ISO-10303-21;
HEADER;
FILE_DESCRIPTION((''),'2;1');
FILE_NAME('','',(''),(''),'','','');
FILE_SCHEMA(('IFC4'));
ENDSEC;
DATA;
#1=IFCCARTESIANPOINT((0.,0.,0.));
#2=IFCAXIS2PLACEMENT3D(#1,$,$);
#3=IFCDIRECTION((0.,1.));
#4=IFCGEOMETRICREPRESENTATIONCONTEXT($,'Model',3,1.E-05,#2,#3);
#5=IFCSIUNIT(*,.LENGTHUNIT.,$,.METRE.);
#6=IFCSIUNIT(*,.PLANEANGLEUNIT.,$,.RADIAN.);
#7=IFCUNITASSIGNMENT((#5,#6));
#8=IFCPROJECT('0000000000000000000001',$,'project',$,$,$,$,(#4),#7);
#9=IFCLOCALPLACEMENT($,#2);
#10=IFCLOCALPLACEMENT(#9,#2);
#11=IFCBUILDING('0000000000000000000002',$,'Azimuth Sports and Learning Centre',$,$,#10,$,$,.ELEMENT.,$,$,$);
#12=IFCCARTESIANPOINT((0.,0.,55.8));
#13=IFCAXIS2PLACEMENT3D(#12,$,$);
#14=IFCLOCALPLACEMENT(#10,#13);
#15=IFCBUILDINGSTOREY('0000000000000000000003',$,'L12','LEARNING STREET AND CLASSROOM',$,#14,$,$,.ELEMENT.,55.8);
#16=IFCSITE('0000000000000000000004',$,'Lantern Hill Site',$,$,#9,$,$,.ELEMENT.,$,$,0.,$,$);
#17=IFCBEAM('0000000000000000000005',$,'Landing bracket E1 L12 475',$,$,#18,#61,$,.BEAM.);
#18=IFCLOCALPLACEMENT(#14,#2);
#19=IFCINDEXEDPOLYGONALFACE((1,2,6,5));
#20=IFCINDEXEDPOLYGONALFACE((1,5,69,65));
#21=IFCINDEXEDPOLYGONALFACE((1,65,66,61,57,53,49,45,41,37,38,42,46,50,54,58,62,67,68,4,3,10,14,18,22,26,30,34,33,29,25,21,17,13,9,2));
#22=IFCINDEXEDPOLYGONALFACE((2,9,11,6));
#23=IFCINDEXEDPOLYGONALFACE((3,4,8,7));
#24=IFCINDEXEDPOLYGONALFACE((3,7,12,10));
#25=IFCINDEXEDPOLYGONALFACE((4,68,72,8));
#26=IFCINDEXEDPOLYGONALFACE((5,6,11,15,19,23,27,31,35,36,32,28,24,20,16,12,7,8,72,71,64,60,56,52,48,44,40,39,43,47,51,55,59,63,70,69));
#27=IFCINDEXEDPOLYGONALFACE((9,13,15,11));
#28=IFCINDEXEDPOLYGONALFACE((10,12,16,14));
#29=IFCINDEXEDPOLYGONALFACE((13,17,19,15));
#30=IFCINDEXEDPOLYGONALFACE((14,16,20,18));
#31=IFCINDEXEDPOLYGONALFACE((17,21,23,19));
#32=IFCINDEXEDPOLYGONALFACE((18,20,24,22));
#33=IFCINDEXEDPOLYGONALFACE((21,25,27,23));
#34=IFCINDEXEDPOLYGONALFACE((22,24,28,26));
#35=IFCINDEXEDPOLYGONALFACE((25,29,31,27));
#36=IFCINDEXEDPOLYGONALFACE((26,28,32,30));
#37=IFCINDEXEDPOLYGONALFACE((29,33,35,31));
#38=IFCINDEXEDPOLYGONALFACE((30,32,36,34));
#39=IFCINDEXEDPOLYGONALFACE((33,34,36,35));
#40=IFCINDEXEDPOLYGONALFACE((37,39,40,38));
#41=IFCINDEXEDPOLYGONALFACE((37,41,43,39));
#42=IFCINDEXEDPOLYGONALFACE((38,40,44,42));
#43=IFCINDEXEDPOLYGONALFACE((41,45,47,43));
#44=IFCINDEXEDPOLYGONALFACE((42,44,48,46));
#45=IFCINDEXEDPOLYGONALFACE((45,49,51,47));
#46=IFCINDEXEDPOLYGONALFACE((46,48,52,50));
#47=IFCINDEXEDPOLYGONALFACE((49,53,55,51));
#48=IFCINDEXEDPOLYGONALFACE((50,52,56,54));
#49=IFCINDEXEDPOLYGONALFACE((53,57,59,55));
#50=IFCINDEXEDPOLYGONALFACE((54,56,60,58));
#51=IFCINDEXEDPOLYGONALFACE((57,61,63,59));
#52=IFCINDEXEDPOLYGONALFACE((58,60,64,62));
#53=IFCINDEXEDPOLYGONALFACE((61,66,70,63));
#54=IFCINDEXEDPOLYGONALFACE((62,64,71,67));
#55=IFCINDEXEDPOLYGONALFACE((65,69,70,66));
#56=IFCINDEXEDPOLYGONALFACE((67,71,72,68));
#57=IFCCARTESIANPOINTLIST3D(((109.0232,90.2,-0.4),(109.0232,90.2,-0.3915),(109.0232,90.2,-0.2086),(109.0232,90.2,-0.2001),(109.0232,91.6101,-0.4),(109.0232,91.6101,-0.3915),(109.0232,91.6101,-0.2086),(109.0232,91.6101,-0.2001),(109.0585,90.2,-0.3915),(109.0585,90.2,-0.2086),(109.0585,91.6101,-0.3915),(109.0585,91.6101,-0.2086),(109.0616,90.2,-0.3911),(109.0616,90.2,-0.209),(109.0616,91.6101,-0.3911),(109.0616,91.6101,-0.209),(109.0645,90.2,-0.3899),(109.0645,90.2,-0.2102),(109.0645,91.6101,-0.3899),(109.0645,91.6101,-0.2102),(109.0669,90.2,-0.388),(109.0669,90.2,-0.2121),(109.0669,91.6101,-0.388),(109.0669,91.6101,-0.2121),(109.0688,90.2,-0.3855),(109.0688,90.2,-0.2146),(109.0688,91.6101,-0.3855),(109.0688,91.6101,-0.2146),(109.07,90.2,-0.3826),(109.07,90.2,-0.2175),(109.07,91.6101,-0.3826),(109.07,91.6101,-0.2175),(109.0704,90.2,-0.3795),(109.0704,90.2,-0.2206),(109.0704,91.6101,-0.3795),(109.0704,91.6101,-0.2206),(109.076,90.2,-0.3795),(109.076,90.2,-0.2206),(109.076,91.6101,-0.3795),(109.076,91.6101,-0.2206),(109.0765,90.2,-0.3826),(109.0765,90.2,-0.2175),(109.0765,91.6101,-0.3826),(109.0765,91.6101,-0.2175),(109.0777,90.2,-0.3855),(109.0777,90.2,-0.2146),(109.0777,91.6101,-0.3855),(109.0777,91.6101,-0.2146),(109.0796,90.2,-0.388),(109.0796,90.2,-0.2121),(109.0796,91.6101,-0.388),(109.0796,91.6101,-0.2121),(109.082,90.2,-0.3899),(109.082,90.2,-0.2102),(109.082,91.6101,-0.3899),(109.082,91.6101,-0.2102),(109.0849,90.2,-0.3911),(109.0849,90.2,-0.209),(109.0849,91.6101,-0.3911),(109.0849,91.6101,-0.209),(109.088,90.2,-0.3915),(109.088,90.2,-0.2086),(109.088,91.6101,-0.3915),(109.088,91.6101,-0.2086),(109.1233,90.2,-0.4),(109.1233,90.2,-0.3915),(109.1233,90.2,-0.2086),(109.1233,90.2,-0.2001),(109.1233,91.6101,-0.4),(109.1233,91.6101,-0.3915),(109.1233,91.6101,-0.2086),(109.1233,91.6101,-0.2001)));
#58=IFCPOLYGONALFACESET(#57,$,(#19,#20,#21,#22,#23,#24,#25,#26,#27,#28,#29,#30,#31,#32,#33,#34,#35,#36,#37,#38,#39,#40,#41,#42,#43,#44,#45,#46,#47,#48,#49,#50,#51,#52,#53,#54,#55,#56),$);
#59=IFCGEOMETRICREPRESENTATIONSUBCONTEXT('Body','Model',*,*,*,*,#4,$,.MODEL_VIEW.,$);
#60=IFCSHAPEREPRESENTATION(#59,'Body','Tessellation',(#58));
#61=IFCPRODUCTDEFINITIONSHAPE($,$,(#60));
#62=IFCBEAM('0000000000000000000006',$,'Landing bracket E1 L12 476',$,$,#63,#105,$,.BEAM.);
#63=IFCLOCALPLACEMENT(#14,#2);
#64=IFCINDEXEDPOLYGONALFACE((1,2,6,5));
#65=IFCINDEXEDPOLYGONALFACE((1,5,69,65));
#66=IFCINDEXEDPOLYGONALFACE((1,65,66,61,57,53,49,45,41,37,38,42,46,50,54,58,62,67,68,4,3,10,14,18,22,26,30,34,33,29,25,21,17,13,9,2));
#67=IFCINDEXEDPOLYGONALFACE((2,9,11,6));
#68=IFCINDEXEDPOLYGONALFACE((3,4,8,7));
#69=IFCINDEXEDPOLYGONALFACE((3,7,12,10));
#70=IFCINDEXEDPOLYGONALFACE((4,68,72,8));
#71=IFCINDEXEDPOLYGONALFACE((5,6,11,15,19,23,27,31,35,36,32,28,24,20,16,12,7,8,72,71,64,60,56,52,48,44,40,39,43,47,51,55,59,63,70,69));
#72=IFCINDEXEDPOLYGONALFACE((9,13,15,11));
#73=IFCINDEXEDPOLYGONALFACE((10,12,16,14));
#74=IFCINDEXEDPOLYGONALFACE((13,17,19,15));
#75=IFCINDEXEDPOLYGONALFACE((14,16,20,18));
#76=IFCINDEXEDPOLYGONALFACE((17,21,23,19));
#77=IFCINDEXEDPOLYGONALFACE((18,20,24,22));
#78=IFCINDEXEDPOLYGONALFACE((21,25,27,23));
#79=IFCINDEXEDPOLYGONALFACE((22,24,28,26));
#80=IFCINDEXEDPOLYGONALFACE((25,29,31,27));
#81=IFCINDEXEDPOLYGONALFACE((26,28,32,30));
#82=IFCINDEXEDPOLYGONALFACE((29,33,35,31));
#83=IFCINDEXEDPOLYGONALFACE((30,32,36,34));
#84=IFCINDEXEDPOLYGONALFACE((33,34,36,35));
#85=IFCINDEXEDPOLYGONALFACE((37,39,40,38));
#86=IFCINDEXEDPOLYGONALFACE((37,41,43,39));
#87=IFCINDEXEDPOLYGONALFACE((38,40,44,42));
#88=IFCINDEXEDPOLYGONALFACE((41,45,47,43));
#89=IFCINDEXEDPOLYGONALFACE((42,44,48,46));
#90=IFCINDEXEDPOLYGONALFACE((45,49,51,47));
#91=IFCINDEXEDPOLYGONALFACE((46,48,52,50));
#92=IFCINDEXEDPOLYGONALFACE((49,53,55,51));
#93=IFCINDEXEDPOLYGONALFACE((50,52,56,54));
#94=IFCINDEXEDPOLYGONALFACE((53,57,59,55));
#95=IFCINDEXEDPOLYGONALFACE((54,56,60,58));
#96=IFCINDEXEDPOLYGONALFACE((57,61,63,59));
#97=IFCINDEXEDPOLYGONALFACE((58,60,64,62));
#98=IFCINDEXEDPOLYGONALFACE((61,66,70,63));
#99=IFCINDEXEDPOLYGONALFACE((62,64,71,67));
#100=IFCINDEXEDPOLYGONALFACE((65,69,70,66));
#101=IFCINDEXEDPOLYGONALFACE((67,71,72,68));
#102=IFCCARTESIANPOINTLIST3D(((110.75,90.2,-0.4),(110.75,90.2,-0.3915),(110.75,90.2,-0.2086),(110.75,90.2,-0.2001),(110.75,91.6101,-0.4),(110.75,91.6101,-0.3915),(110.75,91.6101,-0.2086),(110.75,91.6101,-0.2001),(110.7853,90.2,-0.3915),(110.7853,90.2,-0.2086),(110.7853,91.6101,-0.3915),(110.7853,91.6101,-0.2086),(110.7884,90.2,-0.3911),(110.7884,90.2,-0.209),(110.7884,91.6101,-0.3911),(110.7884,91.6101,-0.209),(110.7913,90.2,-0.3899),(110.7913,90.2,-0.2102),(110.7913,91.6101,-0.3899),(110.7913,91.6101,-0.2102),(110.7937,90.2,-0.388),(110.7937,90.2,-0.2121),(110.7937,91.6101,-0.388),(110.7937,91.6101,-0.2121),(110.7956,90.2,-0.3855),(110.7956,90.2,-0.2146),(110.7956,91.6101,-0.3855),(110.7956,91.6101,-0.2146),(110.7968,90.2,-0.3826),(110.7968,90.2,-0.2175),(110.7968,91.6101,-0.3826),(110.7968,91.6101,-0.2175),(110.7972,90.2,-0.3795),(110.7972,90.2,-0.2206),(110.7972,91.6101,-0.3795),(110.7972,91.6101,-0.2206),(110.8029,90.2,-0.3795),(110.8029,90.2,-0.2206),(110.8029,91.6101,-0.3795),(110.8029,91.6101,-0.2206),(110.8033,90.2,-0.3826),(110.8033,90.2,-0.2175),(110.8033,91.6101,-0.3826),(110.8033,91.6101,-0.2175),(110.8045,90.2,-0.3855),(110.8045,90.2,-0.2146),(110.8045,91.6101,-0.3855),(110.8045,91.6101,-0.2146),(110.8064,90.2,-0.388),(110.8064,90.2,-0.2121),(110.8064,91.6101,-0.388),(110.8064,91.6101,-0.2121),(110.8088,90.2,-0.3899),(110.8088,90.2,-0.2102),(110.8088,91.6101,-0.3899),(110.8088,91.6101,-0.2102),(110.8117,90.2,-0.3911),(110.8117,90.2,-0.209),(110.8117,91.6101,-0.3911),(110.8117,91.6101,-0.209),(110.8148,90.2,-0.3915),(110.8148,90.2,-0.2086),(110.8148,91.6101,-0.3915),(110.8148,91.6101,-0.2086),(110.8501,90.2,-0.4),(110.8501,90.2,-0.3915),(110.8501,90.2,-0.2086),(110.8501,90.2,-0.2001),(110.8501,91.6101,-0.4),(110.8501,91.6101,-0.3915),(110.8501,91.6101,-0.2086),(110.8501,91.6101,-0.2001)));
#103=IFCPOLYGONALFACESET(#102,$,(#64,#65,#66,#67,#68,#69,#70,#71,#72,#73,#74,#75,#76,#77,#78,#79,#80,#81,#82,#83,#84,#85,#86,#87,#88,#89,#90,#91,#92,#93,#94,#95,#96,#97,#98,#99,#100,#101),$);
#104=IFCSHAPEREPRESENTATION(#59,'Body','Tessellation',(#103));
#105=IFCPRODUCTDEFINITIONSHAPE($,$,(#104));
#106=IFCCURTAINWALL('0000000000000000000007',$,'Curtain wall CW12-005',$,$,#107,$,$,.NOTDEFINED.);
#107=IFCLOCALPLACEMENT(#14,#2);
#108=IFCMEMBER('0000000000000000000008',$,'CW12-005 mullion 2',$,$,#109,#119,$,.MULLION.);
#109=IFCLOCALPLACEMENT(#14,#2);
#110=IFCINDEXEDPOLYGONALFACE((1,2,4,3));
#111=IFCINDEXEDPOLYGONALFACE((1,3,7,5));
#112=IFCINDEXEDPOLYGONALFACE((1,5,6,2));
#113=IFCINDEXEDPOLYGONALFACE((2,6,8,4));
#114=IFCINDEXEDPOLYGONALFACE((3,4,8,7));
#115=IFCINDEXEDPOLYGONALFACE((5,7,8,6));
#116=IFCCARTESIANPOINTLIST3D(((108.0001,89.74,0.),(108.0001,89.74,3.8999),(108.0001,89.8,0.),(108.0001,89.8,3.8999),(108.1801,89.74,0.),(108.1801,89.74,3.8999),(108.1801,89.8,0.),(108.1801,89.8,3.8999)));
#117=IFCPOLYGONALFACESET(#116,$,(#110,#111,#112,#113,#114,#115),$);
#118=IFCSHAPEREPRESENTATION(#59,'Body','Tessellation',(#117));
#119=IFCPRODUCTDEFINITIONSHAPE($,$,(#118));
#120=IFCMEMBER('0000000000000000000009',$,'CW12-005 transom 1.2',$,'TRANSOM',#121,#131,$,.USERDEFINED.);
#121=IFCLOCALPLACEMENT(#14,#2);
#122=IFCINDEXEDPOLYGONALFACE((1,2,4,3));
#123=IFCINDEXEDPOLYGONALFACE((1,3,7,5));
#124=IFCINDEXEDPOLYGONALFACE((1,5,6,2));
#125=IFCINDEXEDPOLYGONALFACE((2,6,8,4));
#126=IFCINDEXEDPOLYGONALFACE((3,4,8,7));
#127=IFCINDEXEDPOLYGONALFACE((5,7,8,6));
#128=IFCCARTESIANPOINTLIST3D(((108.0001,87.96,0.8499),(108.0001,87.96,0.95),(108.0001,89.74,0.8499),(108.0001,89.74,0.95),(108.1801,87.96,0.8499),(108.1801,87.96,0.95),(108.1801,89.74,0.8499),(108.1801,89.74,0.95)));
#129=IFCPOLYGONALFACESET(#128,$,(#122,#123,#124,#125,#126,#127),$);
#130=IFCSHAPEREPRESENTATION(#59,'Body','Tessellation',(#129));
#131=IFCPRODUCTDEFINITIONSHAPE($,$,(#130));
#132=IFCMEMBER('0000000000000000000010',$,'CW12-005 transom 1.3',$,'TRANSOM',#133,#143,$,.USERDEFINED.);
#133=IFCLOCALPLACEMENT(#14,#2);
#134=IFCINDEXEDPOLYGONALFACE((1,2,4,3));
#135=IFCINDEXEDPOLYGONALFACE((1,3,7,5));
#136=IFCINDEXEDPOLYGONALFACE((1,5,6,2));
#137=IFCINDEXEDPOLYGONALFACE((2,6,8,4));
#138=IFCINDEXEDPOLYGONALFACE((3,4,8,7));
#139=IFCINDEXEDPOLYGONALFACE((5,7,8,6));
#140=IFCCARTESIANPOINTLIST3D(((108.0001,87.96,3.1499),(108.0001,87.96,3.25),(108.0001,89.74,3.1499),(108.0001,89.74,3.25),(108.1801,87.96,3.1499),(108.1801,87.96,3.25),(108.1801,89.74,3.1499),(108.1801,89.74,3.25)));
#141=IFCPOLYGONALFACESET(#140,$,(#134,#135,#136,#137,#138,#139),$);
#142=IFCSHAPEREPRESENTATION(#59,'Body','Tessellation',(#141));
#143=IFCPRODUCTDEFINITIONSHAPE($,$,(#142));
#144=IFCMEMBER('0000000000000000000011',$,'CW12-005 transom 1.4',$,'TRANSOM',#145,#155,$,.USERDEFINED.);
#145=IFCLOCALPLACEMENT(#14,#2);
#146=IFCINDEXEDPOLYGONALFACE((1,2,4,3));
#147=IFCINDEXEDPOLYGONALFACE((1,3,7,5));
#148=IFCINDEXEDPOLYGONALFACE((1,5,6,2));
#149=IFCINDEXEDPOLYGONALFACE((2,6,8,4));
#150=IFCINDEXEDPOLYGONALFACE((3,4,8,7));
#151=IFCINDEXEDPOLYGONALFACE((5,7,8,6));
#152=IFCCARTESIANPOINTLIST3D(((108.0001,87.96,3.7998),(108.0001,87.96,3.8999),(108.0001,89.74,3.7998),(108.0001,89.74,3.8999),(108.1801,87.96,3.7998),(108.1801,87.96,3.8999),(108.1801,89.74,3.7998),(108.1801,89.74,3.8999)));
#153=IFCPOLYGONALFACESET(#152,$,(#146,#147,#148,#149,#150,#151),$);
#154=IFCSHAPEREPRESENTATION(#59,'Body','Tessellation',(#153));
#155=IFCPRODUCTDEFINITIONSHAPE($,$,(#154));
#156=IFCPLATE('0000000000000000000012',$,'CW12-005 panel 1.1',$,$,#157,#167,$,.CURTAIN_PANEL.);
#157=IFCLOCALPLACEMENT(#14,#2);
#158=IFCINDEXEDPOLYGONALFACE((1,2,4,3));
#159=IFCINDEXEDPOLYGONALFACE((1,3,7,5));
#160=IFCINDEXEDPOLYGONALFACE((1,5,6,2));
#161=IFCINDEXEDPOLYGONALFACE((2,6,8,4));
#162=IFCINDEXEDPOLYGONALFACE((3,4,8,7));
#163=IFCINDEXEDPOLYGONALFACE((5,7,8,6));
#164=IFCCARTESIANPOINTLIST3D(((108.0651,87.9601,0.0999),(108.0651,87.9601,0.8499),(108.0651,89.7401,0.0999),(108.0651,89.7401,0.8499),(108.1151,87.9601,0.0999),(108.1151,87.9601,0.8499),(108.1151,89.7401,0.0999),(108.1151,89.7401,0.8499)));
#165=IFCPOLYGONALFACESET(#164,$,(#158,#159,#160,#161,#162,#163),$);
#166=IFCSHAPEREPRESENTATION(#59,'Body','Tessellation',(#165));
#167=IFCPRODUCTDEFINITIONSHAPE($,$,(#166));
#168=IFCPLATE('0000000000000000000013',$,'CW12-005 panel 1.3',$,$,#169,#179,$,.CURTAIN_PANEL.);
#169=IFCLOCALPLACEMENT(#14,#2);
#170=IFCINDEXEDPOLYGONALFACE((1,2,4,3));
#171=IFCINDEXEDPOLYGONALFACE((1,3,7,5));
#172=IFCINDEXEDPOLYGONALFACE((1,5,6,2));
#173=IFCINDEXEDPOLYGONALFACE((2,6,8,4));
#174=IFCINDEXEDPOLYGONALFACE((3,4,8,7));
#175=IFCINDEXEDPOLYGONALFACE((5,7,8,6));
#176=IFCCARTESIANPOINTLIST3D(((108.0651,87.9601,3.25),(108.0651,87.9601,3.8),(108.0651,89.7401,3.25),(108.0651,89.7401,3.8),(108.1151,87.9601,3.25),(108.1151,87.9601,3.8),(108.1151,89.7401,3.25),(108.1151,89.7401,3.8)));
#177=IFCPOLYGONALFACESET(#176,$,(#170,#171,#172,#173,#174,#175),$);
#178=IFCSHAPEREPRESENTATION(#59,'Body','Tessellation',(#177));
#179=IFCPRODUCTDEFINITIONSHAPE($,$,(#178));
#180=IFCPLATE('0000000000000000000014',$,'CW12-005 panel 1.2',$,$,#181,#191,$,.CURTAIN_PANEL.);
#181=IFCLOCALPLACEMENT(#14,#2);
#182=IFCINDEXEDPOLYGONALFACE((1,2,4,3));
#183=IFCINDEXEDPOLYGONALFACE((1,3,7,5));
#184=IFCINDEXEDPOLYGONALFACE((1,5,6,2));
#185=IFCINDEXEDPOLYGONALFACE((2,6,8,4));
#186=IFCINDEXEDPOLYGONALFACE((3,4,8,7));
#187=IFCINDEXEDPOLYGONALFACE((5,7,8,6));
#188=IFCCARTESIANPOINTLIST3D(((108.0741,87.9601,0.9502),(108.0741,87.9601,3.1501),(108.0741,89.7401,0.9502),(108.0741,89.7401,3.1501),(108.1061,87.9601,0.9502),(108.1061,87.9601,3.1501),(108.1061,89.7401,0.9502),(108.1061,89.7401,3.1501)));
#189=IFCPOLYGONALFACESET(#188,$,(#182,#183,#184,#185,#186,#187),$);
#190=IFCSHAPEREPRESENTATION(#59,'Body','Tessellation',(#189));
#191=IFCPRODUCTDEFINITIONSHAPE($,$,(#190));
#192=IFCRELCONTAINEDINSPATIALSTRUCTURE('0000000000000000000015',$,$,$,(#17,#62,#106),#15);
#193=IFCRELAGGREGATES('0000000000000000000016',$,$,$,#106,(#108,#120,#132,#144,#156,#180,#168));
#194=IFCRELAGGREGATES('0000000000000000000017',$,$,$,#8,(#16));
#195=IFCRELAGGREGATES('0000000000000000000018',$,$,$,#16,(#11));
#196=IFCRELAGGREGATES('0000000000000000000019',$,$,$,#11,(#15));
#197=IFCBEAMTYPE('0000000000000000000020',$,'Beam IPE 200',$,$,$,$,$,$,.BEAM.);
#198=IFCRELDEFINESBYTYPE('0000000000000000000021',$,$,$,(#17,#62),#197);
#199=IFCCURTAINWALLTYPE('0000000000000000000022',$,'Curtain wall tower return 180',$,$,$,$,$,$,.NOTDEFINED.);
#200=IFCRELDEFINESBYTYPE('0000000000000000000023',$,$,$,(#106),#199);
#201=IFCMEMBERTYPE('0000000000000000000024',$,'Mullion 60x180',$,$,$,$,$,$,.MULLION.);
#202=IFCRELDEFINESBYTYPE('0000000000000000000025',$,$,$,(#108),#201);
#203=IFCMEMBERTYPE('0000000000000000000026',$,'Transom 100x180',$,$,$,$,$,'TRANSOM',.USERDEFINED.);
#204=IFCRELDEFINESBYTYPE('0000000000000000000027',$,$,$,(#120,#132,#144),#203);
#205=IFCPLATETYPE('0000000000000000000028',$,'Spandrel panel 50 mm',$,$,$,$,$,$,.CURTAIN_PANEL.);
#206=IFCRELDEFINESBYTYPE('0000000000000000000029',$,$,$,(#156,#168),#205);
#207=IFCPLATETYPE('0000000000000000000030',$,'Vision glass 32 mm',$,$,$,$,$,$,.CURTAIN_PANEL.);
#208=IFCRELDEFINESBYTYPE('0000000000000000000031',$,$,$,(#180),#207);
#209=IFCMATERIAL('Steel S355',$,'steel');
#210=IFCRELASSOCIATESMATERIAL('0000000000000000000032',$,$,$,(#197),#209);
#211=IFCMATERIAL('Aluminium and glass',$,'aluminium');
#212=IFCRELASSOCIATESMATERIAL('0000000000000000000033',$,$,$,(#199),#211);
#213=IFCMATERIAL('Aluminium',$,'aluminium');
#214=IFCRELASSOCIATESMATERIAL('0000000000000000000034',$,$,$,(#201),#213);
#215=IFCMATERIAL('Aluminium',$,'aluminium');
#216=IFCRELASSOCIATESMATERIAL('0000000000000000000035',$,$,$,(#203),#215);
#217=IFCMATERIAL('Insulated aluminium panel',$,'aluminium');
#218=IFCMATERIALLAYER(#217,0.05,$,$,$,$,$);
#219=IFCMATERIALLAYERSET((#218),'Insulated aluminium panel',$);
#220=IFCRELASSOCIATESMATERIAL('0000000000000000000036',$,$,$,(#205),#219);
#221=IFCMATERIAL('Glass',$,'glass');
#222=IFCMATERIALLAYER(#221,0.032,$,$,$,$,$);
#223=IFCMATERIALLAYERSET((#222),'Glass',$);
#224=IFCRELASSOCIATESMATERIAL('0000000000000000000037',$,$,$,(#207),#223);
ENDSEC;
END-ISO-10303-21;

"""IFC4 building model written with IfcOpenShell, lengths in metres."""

from ifc_helpers import new_model, si_unit, direction, frame, origin, origin_2d, place, context, subcontext, project, spatial, rectangle, i_section, extrude, material, layer, layer_set, material_profile, profile_set, type_object, element, aggregate, save


model = new_model("IFC4")

# Units and contexts
model_context = context("Model", 3, precision=1e-05, world=origin(), true_north=direction((0.0, 1.0)))
body_context = subcontext(model_context, "Body", "Model", "MODEL_VIEW")
ifc_project = project(units=[si_unit("LENGTHUNIT", "METRE"), si_unit("PLANEANGLEUNIT", "RADIAN")], contexts=[model_context])

# Site, building, storey
site_placement = place(None, origin())
site = spatial("IfcSite", under=ifc_project, at=site_placement, Name="Lantern Hill Site", CompositionType="ELEMENT", RefElevation=0.0)
building_placement = place(site_placement, origin())
building = spatial("IfcBuilding", under=site, at=building_placement, Name="Azimuth Sports and Learning Centre", CompositionType="ELEMENT")
storey_placement = place(building_placement, frame((0.0, 0.0, 55.8)))
storey = spatial("IfcBuildingStorey", under=building, at=storey_placement, Name="L12", Description="LEARNING STREET AND CLASSROOM", CompositionType="ELEMENT", Elevation=55.8)

# Beams
ifc_material_1 = material(Name="Steel S355", Category="steel")
ifc_material_profile_1 = material_profile(ifc_material_1, i_section(OverallWidth=0.1001, OverallDepth=0.2, WebThickness=0.0056, FlangeThickness=0.0085, FilletRadius=0.012, at=origin_2d()), Name="IPE 200")
ifc_profile_set_1 = profile_set([ifc_material_profile_1], Name="Steel S355")
beam_type = type_object("IfcBeamType", Name="Beam IPE 200", PredefinedType="BEAM", material=ifc_profile_set_1)
for number, where, z_axis, x_axis, name in (
    (1, (109.0732, 90.2, -0.3), (0.0, 1.0, 0.0), (-1.0, 0.0, 0.0), "Landing bracket E1 L12 475"),
    (2, (110.8, 90.2, -0.3), (0.0, 1.0, 0.0), (-1.0, 0.0, 0.0), "Landing bracket E1 L12 476"),
):
    element("IfcBeam", number, at=place(storey_placement, frame(where, z_axis=z_axis, x_axis=x_axis)), inside=storey, type_object=beam_type, Name=name, PredefinedType="BEAM", context=body_context, shape_type="SweptSolid", body=[
        extrude(i_section(OverallWidth=0.1001, OverallDepth=0.2, WebThickness=0.0056, FlangeThickness=0.0085, FilletRadius=0.012, at=origin_2d()), origin(), (0.0, 0.0, 1.0), 1.4102),
    ])

# Curtain wall, members, plates
ifc_material_2 = material(Name="Aluminium and glass", Category="aluminium")
curtain_wall_type = type_object("IfcCurtainWallType", Name="Curtain wall tower return 180", PredefinedType="NOTDEFINED", material=ifc_material_2)
curtain_wall_placement = place(storey_placement, origin())
curtain_wall = element("IfcCurtainWall", 3, at=curtain_wall_placement, inside=storey, type_object=curtain_wall_type, Name="Curtain wall CW12-005", PredefinedType="NOTDEFINED")
ifc_material_3 = material(Name="Aluminium", Category="aluminium")
ifc_material_profile_2 = material_profile(ifc_material_3, rectangle(XDim=0.1799, YDim=0.0601, at=origin_2d()), Name="Mullion 60x180")
ifc_profile_set_2 = profile_set([ifc_material_profile_2], Name="Aluminium")
member_type_1 = type_object("IfcMemberType", Name="Mullion 60x180", PredefinedType="MULLION", material=ifc_profile_set_2)
member_1_placement = place(storey_placement, frame((108.0901, 89.77, 0.0), z_axis=(0.0, 0.0, 1.0), x_axis=(-1.0, 0.0, 0.0)))
member_1 = element("IfcMember", 4, at=member_1_placement, type_object=member_type_1, Name="CW12-005 mullion 2", PredefinedType="MULLION", context=body_context, shape_type="SweptSolid", body=[
    extrude(rectangle(XDim=0.1799, YDim=0.0601, at=origin_2d()), origin(), (0.0, 0.0, 1.0), 3.8999),
])
ifc_material_4 = material(Name="Aluminium", Category="aluminium")
ifc_material_profile_3 = material_profile(ifc_material_4, rectangle(XDim=0.1799, YDim=0.1001, at=origin_2d()), Name="Transom 100x180")
ifc_profile_set_3 = profile_set([ifc_material_profile_3], Name="Aluminium")
member_type_2 = type_object("IfcMemberType", Name="Transom 100x180", ElementType="TRANSOM", PredefinedType="USERDEFINED", material=ifc_profile_set_3)
member_2_placement = place(storey_placement, frame((108.0901, 87.96, 0.8999), z_axis=(0.0, 1.0, 0.0), x_axis=(-1.0, 0.0, 0.0)))
member_2 = element("IfcMember", 5, at=member_2_placement, type_object=member_type_2, Name="CW12-005 transom 1.2", ObjectType="TRANSOM", PredefinedType="USERDEFINED", context=body_context, shape_type="SweptSolid", body=[
    extrude(rectangle(XDim=0.1799, YDim=0.1001, at=origin_2d()), origin(), (0.0, 0.0, 1.0), 1.78),
])
member_3_placement = place(storey_placement, frame((108.0901, 87.96, 3.2), z_axis=(0.0, 1.0, 0.0), x_axis=(-1.0, 0.0, 0.0)))
member_3 = element("IfcMember", 6, at=member_3_placement, type_object=member_type_2, Name="CW12-005 transom 1.3", ObjectType="TRANSOM", PredefinedType="USERDEFINED", context=body_context, shape_type="SweptSolid", body=[
    extrude(rectangle(XDim=0.1799, YDim=0.1001, at=origin_2d()), origin(), (0.0, 0.0, 1.0), 1.78),
])
member_4_placement = place(storey_placement, frame((108.0901, 87.96, 3.8499), z_axis=(0.0, 1.0, 0.0), x_axis=(-1.0, 0.0, 0.0)))
member_4 = element("IfcMember", 7, at=member_4_placement, type_object=member_type_2, Name="CW12-005 transom 1.4", ObjectType="TRANSOM", PredefinedType="USERDEFINED", context=body_context, shape_type="SweptSolid", body=[
    extrude(rectangle(XDim=0.1799, YDim=0.1001, at=origin_2d()), origin(), (0.0, 0.0, 1.0), 1.78),
])
ifc_material_5 = material(Name="Insulated aluminium panel", Category="aluminium")
ifc_layer_1 = layer(ifc_material_5, 0.05)
ifc_layer_set_1 = layer_set([ifc_layer_1], Name="Insulated aluminium panel")
plate_type_1 = type_object("IfcPlateType", Name="Spandrel panel 50 mm", PredefinedType="CURTAIN_PANEL", material=ifc_layer_set_1)
plate_1_placement = place(storey_placement, frame((108.0901, 88.8501, 0.0999), z_axis=(0.0, 0.0, 1.0), x_axis=(0.0, 1.0, 0.0)))
plate_1 = element("IfcPlate", 8, at=plate_1_placement, type_object=plate_type_1, Name="CW12-005 panel 1.1", PredefinedType="CURTAIN_PANEL", context=body_context, shape_type="SweptSolid", body=[
    extrude(rectangle(XDim=1.78, YDim=0.05, at=origin_2d()), origin(), (0.0, 0.0, 1.0), 0.75),
])
plate_2_placement = place(storey_placement, frame((108.0901, 88.8501, 3.25), z_axis=(0.0, 0.0, 1.0), x_axis=(0.0, 1.0, 0.0)))
plate_2 = element("IfcPlate", 9, at=plate_2_placement, type_object=plate_type_1, Name="CW12-005 panel 1.3", PredefinedType="CURTAIN_PANEL", context=body_context, shape_type="SweptSolid", body=[
    extrude(rectangle(XDim=1.78, YDim=0.05, at=origin_2d()), origin(), (0.0, 0.0, 1.0), 0.55),
])
ifc_material_6 = material(Name="Glass", Category="glass")
ifc_layer_2 = layer(ifc_material_6, 0.032)
ifc_layer_set_2 = layer_set([ifc_layer_2], Name="Glass")
plate_type_2 = type_object("IfcPlateType", Name="Vision glass 32 mm", PredefinedType="CURTAIN_PANEL", material=ifc_layer_set_2)
plate_3_placement = place(storey_placement, frame((108.0901, 88.8501, 0.9502), z_axis=(0.0, 0.0, 1.0), x_axis=(0.0, 1.0, 0.0)))
plate_3 = element("IfcPlate", 10, at=plate_3_placement, type_object=plate_type_2, Name="CW12-005 panel 1.2", PredefinedType="CURTAIN_PANEL", context=body_context, shape_type="SweptSolid", body=[
    extrude(rectangle(XDim=1.78, YDim=0.032, at=origin_2d()), origin(), (0.0, 0.0, 1.0), 2.2),
])
aggregate(curtain_wall, [member_1, member_2, member_3, member_4, plate_1, plate_3, plate_2])

save(model, "model.ifc")
